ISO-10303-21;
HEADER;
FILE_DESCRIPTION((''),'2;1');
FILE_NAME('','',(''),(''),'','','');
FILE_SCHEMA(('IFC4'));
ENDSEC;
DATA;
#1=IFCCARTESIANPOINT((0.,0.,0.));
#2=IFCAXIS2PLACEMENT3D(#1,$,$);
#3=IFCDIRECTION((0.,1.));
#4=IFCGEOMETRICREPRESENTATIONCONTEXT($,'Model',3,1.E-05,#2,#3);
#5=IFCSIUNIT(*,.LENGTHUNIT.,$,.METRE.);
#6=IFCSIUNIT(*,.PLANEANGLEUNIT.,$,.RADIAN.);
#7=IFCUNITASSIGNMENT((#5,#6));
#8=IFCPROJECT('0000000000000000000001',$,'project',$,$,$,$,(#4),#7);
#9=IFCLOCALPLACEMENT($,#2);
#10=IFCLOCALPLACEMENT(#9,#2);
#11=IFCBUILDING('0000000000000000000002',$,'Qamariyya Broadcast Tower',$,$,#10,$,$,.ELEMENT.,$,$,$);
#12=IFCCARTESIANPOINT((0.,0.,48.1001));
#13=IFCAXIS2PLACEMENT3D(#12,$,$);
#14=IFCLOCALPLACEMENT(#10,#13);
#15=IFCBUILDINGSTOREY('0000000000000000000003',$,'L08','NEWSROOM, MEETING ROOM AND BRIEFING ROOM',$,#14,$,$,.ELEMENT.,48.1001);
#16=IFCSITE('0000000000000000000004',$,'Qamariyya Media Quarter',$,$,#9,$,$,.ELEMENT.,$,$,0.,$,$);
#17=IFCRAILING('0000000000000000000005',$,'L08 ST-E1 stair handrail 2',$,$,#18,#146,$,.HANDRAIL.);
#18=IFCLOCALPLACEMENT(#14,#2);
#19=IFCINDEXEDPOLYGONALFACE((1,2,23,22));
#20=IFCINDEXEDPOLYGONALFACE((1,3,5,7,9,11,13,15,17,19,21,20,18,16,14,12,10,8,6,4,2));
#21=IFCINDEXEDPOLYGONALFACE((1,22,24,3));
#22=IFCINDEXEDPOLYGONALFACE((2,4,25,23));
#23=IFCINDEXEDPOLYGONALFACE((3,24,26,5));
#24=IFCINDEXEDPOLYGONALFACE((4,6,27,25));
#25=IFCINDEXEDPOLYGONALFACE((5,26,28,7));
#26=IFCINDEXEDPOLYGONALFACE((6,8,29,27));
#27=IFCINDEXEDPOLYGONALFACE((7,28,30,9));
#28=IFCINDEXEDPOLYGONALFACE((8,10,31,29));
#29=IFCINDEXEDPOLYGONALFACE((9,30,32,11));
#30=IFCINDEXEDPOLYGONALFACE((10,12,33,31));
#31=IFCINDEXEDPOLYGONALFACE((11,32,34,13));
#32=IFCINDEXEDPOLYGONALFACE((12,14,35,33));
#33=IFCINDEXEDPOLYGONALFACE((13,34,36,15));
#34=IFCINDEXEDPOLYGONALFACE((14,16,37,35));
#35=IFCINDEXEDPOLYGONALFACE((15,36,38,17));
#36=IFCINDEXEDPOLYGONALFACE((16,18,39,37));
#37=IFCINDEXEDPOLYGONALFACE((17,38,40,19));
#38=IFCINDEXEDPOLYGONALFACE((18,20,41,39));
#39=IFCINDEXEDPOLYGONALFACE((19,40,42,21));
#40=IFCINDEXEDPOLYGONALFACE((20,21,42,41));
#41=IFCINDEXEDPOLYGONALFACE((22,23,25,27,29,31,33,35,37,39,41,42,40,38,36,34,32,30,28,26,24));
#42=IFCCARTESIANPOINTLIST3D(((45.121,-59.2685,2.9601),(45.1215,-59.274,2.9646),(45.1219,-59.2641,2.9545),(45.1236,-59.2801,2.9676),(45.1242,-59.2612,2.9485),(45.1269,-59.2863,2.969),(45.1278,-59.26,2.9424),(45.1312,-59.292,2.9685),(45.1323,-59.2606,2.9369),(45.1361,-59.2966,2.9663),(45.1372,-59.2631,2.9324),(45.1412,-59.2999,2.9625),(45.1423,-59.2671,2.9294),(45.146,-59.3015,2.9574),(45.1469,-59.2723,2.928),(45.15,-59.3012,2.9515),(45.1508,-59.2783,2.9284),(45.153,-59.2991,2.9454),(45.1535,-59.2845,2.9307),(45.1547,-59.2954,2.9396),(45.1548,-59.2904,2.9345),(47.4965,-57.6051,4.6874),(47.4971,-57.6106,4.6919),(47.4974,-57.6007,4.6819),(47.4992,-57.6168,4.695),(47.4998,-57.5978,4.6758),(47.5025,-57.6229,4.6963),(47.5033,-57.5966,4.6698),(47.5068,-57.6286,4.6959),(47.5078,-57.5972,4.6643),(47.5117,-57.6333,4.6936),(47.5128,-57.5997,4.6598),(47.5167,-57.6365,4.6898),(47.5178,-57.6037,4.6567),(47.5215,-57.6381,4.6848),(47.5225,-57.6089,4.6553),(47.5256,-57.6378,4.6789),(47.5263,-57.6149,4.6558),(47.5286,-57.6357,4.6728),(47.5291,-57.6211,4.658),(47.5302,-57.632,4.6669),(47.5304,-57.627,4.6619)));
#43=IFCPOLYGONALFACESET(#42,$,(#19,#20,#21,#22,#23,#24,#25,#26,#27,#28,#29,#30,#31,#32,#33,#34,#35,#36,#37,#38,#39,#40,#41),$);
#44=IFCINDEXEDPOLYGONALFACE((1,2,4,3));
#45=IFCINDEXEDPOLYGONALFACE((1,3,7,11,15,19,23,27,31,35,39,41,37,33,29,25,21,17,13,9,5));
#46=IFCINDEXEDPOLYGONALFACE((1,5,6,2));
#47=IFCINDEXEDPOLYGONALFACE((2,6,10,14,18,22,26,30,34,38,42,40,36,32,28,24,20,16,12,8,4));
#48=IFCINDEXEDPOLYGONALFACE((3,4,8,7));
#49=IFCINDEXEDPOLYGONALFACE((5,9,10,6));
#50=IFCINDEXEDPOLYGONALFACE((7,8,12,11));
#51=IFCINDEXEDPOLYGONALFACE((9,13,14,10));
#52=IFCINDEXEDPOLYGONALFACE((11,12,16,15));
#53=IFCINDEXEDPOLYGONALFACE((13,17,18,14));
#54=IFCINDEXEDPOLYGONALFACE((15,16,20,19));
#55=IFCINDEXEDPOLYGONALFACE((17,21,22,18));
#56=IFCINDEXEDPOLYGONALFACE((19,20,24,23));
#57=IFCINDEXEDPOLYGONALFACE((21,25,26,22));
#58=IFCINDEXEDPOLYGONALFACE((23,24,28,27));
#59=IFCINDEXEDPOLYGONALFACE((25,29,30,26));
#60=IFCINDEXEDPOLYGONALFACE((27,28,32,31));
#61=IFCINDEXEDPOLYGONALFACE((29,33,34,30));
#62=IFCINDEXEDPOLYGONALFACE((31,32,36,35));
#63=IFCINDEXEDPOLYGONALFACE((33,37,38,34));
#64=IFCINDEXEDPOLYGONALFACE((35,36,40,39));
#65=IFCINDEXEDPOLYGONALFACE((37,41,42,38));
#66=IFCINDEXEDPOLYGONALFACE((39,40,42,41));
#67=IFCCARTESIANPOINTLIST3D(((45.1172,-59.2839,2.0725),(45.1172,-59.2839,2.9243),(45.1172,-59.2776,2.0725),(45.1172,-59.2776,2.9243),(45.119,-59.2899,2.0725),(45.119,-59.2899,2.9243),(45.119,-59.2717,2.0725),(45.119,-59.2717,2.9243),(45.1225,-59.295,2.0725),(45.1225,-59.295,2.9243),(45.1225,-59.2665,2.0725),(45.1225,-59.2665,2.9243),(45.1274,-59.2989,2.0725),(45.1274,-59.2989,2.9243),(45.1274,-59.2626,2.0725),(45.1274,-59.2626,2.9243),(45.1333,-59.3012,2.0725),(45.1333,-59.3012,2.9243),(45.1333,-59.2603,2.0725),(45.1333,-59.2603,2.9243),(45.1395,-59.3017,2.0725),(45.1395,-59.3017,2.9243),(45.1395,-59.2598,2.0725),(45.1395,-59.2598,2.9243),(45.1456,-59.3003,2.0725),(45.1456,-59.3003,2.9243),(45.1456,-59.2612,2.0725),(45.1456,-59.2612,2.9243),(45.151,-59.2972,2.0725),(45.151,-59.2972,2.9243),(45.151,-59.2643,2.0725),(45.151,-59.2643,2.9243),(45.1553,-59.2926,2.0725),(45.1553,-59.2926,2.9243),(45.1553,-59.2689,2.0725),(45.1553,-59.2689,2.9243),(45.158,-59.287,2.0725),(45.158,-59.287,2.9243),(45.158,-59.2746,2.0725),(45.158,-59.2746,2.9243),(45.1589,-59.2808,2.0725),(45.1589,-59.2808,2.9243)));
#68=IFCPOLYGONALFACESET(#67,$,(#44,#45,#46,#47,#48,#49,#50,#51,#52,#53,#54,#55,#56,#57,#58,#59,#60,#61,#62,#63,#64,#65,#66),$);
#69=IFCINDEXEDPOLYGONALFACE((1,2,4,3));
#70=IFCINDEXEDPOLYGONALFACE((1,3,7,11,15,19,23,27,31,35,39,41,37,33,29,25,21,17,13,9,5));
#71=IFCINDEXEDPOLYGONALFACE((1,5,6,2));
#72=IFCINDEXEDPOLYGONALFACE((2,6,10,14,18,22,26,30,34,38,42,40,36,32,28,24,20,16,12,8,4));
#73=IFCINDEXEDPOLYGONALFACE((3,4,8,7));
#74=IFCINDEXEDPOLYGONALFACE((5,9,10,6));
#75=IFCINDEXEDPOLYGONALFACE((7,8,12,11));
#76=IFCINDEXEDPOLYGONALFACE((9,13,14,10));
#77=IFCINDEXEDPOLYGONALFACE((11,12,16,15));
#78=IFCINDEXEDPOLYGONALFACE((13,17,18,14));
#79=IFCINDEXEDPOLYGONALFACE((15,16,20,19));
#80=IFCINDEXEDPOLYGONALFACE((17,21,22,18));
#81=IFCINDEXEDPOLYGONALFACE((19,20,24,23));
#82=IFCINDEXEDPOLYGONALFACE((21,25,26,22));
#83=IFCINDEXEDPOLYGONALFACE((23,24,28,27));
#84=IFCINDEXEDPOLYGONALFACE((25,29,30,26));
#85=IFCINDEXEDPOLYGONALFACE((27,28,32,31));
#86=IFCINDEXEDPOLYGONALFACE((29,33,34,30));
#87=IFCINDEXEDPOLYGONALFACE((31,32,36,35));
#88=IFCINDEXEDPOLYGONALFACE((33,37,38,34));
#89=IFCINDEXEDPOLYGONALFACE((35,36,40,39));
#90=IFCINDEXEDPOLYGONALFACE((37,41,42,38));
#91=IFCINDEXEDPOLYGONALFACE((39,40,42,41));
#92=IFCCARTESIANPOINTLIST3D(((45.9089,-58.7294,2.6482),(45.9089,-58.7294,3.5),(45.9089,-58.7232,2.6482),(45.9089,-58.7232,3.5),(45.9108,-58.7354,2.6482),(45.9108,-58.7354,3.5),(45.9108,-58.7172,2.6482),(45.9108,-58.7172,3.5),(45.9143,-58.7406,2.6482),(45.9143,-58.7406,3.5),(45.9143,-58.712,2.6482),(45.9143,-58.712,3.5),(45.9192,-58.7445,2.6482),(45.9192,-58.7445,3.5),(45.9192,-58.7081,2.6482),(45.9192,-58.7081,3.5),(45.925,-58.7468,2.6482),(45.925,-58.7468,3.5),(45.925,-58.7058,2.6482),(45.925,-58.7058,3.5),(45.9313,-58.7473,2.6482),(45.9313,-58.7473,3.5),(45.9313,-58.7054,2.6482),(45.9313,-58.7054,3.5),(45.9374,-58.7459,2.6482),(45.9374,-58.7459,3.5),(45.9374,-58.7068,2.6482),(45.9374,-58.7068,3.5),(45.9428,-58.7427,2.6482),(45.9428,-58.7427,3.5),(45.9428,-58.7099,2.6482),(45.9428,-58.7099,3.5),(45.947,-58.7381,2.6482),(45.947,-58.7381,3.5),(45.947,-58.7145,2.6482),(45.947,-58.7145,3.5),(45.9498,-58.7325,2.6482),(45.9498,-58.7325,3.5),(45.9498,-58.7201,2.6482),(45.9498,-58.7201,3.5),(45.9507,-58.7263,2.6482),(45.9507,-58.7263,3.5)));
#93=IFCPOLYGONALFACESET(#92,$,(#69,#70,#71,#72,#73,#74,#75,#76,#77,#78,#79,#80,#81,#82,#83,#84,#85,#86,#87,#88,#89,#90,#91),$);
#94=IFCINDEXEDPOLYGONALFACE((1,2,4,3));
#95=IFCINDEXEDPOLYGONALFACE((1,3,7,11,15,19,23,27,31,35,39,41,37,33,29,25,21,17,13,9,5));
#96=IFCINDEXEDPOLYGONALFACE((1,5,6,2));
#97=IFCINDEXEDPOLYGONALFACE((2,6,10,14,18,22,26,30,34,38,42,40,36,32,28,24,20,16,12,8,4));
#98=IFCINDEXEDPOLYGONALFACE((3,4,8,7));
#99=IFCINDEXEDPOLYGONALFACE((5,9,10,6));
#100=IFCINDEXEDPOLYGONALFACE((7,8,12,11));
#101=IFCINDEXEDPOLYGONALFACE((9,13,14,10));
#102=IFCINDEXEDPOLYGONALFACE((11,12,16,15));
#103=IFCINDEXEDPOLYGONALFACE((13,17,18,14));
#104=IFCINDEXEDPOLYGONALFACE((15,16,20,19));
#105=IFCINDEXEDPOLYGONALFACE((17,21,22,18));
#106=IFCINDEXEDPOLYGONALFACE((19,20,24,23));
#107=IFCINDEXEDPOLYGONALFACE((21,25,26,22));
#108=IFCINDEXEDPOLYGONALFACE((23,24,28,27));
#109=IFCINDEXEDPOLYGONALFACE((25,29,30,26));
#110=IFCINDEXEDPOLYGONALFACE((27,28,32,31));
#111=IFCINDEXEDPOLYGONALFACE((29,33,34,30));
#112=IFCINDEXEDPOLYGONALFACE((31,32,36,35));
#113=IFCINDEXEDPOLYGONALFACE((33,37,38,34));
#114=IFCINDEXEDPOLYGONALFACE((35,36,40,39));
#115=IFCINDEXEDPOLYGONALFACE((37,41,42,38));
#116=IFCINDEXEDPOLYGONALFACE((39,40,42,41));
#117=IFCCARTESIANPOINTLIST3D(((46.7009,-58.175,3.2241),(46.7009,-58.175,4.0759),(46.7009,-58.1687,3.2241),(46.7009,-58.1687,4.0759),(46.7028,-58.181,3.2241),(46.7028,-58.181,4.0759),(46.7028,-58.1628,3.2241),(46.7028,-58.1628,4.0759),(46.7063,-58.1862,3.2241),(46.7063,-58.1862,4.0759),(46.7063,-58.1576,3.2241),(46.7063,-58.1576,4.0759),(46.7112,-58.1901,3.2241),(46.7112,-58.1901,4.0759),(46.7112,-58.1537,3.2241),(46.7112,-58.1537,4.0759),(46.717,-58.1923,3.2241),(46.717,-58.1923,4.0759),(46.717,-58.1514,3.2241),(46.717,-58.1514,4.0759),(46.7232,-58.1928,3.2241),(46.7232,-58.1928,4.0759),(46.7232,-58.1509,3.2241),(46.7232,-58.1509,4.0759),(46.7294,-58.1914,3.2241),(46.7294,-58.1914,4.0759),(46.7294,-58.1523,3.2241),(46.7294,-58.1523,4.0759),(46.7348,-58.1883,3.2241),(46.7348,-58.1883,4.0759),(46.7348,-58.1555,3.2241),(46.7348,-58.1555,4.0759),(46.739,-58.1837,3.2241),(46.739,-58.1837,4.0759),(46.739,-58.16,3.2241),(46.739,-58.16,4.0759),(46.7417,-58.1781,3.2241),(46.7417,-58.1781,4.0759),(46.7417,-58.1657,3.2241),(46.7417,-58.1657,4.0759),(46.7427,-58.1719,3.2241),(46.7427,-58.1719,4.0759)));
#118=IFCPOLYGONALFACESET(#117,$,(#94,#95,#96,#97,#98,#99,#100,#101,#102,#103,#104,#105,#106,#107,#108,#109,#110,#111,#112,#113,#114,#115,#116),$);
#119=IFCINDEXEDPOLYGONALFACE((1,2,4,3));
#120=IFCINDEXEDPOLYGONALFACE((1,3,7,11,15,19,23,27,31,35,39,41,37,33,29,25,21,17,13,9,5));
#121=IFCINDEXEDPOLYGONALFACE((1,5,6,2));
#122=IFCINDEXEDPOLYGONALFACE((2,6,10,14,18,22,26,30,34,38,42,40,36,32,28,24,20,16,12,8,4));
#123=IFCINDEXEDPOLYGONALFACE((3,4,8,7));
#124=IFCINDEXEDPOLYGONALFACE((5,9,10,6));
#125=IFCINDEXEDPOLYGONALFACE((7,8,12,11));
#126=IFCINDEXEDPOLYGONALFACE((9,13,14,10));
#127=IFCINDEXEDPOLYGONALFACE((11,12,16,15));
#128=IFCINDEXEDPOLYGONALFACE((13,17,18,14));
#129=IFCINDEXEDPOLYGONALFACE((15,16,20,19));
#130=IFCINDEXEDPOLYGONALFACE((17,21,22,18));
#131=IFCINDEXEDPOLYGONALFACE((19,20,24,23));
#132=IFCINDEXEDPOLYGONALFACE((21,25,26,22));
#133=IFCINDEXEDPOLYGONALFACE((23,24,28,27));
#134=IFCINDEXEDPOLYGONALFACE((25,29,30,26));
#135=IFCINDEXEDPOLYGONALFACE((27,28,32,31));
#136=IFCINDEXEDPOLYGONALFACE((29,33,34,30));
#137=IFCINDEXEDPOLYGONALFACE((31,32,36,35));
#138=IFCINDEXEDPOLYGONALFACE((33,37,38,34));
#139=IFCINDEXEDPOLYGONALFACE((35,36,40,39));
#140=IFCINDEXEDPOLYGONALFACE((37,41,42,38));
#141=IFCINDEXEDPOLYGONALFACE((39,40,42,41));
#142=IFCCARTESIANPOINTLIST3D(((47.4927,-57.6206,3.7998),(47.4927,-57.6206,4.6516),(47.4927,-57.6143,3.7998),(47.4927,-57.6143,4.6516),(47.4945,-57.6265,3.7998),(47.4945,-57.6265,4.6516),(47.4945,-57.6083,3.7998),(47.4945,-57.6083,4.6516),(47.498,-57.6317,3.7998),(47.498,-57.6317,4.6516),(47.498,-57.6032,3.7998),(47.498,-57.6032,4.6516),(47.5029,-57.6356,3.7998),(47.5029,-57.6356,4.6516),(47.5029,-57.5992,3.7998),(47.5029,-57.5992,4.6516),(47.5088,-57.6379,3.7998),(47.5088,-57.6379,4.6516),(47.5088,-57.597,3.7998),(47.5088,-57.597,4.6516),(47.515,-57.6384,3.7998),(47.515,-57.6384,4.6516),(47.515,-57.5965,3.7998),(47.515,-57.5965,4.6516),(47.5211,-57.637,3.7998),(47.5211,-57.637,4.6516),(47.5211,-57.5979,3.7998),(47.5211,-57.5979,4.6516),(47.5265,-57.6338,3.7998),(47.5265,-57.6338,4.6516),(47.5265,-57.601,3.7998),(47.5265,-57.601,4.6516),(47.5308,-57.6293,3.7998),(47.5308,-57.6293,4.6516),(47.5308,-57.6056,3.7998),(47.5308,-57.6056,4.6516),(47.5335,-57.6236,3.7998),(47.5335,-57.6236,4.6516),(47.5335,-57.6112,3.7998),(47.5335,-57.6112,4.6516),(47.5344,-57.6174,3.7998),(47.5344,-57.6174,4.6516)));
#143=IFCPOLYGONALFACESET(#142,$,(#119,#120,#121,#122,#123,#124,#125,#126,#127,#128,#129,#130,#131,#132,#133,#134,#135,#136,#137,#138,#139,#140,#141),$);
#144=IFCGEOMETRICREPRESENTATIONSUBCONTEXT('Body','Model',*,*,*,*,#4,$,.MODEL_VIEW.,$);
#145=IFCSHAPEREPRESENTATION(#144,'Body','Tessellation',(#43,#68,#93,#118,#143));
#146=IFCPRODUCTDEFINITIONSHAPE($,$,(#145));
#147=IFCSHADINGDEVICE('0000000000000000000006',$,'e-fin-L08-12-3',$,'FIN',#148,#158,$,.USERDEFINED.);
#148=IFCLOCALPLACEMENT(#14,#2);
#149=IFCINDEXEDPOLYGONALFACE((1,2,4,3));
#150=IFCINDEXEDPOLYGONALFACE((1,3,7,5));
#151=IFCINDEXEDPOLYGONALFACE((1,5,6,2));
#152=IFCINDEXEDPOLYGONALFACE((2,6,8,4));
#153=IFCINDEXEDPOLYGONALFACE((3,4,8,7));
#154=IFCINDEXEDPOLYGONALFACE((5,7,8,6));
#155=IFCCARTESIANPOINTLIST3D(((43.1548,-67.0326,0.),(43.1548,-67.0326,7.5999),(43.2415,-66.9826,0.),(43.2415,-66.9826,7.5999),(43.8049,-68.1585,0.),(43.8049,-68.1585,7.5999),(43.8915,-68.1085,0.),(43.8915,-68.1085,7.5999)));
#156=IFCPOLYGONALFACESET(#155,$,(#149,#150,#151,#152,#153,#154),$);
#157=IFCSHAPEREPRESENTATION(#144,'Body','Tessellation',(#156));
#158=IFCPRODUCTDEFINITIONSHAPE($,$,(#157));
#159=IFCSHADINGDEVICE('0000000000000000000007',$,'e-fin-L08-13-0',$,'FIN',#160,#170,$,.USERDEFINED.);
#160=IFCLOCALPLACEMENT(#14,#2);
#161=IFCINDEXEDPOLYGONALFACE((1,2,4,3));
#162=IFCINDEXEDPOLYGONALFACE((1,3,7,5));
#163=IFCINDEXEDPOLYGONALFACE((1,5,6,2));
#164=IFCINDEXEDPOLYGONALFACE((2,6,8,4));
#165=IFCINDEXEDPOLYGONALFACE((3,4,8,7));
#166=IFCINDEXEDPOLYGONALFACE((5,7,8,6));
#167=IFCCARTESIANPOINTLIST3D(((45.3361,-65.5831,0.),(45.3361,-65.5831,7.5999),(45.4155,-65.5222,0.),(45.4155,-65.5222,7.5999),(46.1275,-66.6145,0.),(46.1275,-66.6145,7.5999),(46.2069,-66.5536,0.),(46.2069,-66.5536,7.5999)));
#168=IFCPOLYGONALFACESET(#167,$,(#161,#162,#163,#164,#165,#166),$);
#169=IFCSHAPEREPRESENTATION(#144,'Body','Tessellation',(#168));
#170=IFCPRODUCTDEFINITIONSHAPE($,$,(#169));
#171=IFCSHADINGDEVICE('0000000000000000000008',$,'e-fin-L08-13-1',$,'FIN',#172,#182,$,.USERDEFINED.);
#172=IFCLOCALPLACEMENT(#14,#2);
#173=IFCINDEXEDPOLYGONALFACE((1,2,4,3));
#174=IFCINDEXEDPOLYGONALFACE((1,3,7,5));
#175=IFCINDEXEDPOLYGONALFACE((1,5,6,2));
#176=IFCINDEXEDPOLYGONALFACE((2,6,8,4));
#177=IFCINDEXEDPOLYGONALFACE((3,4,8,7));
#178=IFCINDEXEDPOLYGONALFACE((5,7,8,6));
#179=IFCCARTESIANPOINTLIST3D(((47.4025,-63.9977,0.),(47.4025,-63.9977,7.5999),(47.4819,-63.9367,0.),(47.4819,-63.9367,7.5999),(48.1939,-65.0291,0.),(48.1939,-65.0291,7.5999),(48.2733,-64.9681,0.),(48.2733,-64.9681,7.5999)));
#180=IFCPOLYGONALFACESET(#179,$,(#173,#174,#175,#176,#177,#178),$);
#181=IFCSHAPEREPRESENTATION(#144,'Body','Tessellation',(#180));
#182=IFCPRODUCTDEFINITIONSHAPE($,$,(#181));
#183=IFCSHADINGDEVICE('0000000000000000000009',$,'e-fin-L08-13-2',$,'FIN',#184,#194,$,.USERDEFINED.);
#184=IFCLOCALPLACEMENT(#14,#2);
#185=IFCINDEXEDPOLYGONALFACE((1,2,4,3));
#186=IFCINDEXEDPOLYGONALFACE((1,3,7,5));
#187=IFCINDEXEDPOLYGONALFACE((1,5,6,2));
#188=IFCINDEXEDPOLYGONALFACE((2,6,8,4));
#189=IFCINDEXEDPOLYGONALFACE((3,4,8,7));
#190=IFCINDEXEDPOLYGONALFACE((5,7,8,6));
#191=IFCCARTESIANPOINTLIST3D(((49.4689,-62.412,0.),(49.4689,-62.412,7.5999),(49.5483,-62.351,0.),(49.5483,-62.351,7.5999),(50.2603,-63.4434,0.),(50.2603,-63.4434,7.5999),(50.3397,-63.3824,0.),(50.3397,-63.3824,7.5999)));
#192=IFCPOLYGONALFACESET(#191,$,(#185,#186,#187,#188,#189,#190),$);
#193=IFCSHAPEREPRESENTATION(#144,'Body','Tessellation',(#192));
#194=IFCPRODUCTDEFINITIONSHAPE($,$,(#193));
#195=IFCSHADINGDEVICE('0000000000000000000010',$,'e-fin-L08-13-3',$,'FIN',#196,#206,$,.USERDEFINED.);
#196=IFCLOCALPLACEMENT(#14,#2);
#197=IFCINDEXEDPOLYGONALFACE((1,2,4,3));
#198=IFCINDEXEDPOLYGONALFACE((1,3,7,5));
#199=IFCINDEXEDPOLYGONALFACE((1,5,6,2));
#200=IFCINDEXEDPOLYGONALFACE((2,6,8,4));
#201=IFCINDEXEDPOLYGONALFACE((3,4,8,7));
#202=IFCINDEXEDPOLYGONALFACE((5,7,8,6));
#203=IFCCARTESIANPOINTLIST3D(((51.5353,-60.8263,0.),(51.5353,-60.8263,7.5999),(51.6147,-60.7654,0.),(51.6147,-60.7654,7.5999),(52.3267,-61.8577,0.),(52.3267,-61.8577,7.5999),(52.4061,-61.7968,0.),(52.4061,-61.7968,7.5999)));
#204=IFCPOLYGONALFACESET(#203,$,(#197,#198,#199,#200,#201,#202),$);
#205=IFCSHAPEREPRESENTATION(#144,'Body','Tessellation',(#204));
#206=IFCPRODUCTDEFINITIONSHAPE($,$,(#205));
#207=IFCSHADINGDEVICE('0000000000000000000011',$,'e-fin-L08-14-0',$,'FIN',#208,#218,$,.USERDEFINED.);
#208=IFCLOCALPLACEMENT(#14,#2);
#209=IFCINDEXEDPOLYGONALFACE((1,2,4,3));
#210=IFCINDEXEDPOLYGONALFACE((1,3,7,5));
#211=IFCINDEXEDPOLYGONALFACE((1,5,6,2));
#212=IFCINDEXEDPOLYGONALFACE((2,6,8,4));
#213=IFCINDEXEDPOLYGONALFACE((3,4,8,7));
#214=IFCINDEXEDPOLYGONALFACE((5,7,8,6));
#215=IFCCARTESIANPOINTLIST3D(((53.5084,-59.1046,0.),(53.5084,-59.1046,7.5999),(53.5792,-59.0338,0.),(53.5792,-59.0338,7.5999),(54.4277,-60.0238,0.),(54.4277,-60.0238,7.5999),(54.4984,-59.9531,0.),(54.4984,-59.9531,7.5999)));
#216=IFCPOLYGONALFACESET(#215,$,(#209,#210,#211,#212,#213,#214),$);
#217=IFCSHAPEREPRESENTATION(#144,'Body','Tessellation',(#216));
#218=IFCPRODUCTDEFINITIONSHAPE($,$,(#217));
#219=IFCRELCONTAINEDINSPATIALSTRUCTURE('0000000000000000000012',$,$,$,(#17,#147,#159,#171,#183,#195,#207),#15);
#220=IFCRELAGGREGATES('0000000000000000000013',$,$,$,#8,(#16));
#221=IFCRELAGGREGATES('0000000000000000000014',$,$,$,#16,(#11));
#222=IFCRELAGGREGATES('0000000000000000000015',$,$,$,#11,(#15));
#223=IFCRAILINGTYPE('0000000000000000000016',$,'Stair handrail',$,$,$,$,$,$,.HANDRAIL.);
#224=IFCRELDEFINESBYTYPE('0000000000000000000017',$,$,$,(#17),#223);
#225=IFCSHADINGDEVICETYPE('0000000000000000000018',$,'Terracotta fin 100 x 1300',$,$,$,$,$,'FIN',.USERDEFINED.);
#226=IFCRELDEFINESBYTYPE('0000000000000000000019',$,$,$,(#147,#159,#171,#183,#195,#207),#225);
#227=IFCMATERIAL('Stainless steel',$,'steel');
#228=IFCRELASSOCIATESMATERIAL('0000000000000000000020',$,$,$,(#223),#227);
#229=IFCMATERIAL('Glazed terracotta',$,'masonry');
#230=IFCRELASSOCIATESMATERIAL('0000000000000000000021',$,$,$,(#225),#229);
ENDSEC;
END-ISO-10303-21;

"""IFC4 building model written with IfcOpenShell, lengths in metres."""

from ifc_helpers import new_model, si_unit, direction, frame, origin, origin_2d, place, context, subcontext, project, spatial, rectangle, circle, extrude, material, material_profile, profile_set, type_object, element, save


model = new_model("IFC4")

# Units and contexts
model_context = context("Model", 3, precision=1e-05, world=origin(), true_north=direction((0.0, 1.0)))
body_context = subcontext(model_context, "Body", "Model", "MODEL_VIEW")
ifc_project = project(units=[si_unit("LENGTHUNIT", "METRE"), si_unit("PLANEANGLEUNIT", "RADIAN")], contexts=[model_context])

# Site, building, storey
site_placement = place(None, origin())
site = spatial("IfcSite", under=ifc_project, at=site_placement, Name="Qamariyya Media Quarter", CompositionType="ELEMENT", RefElevation=0.0)
building_placement = place(site_placement, origin())
building = spatial("IfcBuilding", under=site, at=building_placement, Name="Qamariyya Broadcast Tower", CompositionType="ELEMENT")
storey_placement = place(building_placement, frame((0.0, 0.0, 48.1001)))
storey = spatial("IfcBuildingStorey", under=building, at=storey_placement, Name="L08", Description="NEWSROOM, MEETING ROOM AND BRIEFING ROOM", CompositionType="ELEMENT", Elevation=48.1001)

# Railing
ifc_material_1 = material(Name="Stainless steel", Category="steel")
railing_type_1 = type_object("IfcRailingType", Name="Stair handrail", PredefinedType="HANDRAIL", material=ifc_material_1)
railing_1_placement = place(storey_placement, frame((45.1379, -59.2808, 2.0725)))
element("IfcRailing", 1, at=railing_1_placement, inside=storey, type_object=railing_type_1, Name="L08 ST-E1 stair handrail 2", PredefinedType="HANDRAIL", context=body_context, shape_type="SweptSolid", body=[
    extrude(circle(Radius=0.0239, at=origin_2d()), frame((0.0, 0.0, 0.876), z_axis=(0.70377, 0.492784, 0.511734), x_axis=(-0.573575, 0.819153, 0.0)), (0.0, 0.0, 1.0), 3.3755),
    extrude(circle(Radius=0.021, at=origin_2d()), origin(), (0.0, 0.0, 1.0), 0.8518),
    extrude(circle(Radius=0.021, at=origin_2d()), frame((0.7917, 0.5544, 0.5757)), (0.0, 0.0, 1.0), 0.8518),
    extrude(circle(Radius=0.021, at=origin_2d()), frame((1.5837, 1.1089, 1.1516)), (0.0, 0.0, 1.0), 0.8518),
    extrude(circle(Radius=0.021, at=origin_2d()), frame((2.3755, 1.6633, 1.7273)), (0.0, 0.0, 1.0), 0.8518),
])

# Shading devices
ifc_material_2 = material(Name="Glazed terracotta", Category="masonry")
ifc_material_profile_1 = material_profile(ifc_material_2, rectangle(XDim=1.3, YDim=0.1001, at=origin_2d()))
ifc_profile_set_1 = profile_set([ifc_material_profile_1], Name="Glazed terracotta")
shading_device_type_1 = type_object("IfcShadingDeviceType", Name="Terracotta fin 100 x 1300", ElementType="FIN", PredefinedType="USERDEFINED", material=ifc_profile_set_1)
for number, where, z_axis, x_axis, name in (
    (2, (43.5232, -67.5706, 0.0), (0.0, 0.0, 1.0), (0.5, -0.866025, 0.0), "e-fin-L08-12-3"),
    (3, (45.7715, -66.0684, 0.0), (0.0, 0.0, 1.0), (0.608761, -0.793353, 0.0), "e-fin-L08-13-0"),
    (4, (47.8379, -64.4829, 0.0), (0.0, 0.0, 1.0), (0.608761, -0.793353, 0.0), "e-fin-L08-13-1"),
    (5, (49.9043, -62.8972, 0.0), (0.0, 0.0, 1.0), (0.608761, -0.793353, 0.0), "e-fin-L08-13-2"),
    (6, (51.9707, -61.3115, 0.0), (0.0, 0.0, 1.0), (0.608761, -0.793353, 0.0), "e-fin-L08-13-3"),
    (7, (54.0034, -59.5288, 0.0), (0.0, 0.0, 1.0), (0.707107, -0.707107, 0.0), "e-fin-L08-14-0"),
):
    element("IfcShadingDevice", number, at=place(storey_placement, frame(where, z_axis=z_axis, x_axis=x_axis)), inside=storey, type_object=shading_device_type_1, Name=name, ObjectType="FIN", PredefinedType="USERDEFINED", context=body_context, shape_type="SweptSolid", body=[
        extrude(rectangle(XDim=1.3, YDim=0.1001, at=origin_2d()), origin(), (0.0, 0.0, 1.0), 7.5999),
    ])

save(model, "model.ifc")
